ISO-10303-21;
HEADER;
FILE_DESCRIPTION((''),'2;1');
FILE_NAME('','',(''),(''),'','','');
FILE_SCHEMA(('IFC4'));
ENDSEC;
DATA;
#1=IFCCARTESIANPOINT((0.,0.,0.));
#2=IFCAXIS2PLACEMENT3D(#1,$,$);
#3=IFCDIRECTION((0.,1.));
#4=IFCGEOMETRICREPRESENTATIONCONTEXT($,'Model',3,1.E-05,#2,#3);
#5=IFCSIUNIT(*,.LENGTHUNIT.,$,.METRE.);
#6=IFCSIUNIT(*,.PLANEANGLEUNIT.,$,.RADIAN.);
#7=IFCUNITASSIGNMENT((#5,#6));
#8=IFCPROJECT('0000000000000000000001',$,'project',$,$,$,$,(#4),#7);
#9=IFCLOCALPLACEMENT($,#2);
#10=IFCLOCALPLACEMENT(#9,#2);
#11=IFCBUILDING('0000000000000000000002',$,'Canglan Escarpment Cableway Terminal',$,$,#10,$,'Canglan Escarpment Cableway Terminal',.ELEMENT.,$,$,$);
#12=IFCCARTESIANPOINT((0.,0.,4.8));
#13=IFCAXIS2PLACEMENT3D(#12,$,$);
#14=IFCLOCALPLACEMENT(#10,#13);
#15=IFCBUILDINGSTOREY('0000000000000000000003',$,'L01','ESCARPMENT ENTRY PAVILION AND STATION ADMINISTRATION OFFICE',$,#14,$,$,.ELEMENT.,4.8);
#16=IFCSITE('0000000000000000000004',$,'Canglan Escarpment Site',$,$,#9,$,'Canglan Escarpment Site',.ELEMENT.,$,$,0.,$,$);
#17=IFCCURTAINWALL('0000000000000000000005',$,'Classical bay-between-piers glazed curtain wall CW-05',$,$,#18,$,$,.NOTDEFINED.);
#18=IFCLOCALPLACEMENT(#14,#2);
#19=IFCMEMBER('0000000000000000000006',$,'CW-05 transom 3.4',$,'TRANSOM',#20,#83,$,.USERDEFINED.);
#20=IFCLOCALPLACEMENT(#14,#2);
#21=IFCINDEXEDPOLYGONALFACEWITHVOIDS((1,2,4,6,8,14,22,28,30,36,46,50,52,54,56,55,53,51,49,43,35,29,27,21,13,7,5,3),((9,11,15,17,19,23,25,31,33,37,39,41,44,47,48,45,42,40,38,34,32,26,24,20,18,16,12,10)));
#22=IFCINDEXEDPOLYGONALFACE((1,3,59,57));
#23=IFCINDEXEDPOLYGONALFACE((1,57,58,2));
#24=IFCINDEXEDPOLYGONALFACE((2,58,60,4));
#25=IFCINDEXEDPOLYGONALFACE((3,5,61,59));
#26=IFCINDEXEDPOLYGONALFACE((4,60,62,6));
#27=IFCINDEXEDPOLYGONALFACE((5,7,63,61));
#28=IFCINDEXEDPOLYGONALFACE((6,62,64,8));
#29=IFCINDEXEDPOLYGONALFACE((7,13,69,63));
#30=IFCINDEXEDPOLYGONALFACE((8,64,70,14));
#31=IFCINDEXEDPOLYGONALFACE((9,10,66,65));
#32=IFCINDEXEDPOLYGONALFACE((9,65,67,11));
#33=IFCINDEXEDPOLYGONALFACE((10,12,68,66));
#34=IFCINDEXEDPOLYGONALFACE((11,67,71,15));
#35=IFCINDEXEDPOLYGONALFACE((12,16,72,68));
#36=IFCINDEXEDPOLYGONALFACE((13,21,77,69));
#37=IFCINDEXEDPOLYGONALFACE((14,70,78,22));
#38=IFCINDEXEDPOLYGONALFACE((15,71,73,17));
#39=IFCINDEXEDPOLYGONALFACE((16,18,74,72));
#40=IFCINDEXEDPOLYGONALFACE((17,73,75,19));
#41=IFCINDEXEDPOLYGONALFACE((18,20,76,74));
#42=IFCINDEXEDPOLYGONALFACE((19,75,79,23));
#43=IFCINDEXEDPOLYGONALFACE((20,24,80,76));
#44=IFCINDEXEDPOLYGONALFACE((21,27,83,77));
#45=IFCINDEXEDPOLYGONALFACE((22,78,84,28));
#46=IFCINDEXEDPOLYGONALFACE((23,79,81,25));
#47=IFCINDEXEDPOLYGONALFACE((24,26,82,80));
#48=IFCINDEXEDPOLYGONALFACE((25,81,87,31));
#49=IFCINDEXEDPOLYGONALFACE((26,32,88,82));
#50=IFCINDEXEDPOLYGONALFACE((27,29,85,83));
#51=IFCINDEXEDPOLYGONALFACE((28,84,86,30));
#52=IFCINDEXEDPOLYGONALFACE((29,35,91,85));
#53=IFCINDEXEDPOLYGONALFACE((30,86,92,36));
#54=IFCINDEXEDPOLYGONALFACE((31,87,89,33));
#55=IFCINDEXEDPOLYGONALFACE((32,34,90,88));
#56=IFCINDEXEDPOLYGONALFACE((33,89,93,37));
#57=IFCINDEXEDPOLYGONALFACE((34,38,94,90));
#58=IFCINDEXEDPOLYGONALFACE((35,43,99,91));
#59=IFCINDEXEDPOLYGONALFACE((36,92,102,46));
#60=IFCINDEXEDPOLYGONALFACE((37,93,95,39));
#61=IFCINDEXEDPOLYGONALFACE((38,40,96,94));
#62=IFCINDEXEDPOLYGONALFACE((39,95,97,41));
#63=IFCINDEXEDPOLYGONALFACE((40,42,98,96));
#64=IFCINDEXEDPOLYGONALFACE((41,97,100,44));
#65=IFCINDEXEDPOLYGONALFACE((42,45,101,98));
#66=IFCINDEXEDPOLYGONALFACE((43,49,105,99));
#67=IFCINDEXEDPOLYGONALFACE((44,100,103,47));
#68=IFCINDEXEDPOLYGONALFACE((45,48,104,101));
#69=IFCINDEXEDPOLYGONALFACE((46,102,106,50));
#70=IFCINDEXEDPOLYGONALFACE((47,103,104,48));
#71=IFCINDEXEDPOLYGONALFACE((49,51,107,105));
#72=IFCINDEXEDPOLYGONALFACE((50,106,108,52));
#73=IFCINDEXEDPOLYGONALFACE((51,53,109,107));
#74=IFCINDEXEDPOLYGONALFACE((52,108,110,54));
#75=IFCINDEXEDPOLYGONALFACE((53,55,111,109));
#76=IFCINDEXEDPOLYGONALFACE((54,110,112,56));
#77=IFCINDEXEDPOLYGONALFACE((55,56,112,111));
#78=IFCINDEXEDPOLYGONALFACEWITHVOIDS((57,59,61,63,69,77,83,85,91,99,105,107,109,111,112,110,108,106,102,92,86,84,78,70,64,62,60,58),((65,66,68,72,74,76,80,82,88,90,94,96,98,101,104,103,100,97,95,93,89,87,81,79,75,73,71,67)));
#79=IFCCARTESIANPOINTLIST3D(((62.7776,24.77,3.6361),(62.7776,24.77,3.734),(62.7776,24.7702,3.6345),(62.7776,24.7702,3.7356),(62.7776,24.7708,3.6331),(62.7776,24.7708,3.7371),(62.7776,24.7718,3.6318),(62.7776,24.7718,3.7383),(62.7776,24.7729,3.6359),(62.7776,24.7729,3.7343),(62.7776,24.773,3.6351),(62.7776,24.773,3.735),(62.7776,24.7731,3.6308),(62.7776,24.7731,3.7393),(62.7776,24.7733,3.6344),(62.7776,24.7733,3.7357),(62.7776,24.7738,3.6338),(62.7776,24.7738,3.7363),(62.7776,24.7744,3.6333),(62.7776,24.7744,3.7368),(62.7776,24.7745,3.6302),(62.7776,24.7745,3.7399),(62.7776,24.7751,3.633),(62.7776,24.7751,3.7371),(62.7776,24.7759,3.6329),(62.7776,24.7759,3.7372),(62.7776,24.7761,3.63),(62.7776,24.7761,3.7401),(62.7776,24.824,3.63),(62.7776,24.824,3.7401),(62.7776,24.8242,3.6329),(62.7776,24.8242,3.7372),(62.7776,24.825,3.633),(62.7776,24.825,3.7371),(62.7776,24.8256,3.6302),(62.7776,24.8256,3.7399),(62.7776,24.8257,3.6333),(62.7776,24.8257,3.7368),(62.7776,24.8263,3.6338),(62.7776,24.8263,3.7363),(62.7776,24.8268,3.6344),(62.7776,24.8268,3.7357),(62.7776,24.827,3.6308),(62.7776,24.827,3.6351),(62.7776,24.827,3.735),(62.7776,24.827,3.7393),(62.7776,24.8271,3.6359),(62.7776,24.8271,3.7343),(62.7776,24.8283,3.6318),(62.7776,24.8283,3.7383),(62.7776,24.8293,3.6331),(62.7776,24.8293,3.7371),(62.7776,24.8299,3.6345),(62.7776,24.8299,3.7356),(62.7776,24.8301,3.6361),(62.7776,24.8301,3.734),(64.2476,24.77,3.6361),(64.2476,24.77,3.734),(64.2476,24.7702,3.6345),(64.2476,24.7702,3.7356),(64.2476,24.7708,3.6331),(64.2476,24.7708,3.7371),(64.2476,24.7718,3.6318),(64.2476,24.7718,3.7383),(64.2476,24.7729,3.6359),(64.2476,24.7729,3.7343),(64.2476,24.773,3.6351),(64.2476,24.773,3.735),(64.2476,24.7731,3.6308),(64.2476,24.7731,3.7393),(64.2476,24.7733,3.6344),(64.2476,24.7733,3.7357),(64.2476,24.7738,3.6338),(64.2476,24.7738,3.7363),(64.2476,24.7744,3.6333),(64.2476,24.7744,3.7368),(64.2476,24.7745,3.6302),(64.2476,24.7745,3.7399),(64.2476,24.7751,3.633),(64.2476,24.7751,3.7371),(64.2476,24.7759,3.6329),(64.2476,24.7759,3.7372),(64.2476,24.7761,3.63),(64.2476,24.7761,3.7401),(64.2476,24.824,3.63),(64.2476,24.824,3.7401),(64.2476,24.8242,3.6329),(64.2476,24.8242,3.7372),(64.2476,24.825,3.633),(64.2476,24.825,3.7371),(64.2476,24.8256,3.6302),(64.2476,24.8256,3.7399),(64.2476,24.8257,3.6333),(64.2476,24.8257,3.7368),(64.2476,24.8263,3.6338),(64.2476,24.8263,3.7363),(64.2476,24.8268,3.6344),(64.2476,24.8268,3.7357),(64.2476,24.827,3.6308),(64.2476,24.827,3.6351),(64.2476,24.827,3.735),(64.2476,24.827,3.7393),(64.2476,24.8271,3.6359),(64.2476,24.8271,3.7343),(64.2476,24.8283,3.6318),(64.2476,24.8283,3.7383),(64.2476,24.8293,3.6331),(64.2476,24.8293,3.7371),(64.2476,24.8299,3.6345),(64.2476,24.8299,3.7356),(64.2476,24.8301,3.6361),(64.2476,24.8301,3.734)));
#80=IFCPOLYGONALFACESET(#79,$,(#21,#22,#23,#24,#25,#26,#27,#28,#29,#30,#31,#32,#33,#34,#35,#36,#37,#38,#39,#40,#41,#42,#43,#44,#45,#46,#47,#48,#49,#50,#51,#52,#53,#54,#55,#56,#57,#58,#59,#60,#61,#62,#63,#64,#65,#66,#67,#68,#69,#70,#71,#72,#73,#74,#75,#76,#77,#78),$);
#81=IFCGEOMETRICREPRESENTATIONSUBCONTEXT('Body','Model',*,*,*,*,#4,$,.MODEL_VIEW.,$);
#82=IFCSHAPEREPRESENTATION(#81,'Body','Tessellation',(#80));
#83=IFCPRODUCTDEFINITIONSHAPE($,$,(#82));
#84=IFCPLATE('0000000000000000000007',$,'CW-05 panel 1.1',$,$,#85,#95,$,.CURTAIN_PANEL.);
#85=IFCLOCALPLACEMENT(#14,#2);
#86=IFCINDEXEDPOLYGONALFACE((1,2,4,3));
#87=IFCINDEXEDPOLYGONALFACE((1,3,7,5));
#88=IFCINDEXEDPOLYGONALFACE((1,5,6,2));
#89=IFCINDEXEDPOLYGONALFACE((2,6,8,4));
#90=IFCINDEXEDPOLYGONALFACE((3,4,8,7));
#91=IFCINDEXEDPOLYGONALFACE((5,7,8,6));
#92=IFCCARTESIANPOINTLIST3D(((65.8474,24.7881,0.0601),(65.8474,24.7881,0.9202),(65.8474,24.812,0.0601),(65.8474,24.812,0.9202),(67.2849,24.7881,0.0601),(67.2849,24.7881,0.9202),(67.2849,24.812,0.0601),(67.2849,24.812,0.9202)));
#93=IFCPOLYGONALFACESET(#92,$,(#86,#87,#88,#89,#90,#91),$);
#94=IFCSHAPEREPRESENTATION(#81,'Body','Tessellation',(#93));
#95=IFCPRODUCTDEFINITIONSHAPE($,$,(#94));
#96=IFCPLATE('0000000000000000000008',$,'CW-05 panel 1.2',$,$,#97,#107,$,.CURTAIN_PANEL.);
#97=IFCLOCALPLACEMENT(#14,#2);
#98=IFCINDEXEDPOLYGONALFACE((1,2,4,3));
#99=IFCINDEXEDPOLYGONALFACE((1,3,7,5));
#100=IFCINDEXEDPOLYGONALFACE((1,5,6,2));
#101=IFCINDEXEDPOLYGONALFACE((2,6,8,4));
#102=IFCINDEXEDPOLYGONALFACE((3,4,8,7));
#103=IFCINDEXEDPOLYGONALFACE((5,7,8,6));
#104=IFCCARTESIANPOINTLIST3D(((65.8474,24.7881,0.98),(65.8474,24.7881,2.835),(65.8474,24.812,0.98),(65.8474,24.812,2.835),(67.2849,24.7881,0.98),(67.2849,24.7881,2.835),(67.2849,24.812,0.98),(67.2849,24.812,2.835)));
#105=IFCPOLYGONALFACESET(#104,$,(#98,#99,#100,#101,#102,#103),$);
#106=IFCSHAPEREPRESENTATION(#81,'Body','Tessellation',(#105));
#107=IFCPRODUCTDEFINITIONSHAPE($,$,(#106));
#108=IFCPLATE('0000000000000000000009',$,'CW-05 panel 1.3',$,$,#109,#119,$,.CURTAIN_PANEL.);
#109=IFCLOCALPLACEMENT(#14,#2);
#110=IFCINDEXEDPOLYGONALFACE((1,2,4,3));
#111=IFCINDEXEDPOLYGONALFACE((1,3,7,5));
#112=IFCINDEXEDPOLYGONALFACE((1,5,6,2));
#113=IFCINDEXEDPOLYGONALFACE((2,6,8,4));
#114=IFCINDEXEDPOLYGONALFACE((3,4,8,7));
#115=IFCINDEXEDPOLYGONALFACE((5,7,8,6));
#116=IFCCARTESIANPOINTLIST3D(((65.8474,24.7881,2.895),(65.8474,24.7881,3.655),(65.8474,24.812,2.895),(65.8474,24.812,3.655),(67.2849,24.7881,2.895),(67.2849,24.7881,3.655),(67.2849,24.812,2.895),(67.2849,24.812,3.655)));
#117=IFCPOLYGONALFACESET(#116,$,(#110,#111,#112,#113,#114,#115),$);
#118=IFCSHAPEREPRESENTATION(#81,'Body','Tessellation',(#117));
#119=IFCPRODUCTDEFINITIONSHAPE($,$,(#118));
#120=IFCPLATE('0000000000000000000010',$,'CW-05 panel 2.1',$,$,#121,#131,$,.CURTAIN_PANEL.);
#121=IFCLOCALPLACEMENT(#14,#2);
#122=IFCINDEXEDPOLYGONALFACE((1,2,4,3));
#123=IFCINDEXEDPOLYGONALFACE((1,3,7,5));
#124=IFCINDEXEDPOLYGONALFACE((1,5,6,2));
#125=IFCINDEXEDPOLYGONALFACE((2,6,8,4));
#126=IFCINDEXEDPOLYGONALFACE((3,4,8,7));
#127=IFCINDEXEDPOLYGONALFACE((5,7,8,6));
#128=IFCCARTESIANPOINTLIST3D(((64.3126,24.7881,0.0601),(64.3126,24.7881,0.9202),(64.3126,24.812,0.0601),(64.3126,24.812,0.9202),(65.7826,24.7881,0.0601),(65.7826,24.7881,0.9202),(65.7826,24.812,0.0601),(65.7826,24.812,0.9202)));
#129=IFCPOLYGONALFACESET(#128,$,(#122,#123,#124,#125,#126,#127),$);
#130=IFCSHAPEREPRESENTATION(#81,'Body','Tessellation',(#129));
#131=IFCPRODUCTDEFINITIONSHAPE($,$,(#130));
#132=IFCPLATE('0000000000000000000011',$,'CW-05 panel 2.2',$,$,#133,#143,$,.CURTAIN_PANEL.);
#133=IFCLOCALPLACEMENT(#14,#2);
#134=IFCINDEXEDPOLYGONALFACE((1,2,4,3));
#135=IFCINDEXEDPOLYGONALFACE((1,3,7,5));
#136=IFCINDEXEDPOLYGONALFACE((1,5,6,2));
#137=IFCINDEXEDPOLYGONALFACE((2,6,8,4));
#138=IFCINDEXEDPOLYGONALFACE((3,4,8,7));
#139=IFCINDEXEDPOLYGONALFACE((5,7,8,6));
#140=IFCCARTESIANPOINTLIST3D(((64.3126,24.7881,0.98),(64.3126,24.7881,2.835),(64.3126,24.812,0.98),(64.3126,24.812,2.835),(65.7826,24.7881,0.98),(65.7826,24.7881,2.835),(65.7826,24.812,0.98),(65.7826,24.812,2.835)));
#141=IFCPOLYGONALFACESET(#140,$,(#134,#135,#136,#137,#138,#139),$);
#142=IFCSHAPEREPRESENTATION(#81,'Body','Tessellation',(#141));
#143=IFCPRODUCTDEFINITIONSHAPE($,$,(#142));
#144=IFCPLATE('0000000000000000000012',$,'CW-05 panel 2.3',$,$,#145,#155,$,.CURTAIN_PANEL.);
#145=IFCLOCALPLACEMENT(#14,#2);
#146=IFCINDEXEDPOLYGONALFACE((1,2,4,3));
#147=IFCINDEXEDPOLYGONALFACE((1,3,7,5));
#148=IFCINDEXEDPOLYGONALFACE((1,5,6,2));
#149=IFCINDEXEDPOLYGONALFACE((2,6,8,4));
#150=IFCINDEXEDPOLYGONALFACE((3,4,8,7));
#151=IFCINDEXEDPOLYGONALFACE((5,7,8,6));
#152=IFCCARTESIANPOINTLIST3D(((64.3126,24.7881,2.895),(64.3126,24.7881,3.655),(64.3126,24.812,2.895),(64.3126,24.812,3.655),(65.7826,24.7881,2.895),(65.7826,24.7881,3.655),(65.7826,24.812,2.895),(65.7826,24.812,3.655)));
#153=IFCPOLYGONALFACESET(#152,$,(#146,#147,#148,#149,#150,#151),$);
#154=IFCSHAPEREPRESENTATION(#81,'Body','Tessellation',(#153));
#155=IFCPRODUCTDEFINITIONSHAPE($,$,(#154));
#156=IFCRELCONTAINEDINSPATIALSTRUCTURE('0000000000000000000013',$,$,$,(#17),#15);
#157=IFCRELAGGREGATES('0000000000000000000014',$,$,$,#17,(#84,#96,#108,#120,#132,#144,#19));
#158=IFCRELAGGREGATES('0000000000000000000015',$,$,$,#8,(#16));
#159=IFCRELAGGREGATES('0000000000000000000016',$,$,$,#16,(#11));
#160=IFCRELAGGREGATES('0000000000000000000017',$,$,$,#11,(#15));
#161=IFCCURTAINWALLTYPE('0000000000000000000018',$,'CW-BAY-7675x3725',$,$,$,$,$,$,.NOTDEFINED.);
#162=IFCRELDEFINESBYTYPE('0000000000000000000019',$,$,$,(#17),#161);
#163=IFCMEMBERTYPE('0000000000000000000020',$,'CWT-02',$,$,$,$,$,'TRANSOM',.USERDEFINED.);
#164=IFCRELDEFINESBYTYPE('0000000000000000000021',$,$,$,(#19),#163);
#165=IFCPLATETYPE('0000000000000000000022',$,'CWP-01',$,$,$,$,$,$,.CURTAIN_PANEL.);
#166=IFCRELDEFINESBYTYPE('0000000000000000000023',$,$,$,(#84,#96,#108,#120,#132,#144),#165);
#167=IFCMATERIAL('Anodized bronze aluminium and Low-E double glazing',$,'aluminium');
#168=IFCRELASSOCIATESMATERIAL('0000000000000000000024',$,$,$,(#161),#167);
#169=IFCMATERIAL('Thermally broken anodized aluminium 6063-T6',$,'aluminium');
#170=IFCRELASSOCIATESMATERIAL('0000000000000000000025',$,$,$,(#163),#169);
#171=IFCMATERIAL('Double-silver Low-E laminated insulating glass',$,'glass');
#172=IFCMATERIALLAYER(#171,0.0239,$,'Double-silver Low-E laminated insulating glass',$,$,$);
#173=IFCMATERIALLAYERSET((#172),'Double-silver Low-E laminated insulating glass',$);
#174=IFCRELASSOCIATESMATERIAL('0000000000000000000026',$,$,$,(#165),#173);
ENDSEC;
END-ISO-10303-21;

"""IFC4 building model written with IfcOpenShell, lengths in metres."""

from ifc_helpers import new_model, si_unit, direction, frame, origin, origin_2d, place, context, subcontext, project, spatial, rectangle, hollow_rectangle, extrude, material, layer, layer_set, material_profile, profile_set, type_object, element, aggregate, save


model = new_model("IFC4")

# Units and contexts
model_context = context("Model", 3, precision=1e-05, world=origin(), true_north=direction((0.0, 1.0)))
body_context = subcontext(model_context, "Body", "Model", "MODEL_VIEW")
ifc_project = project(units=[si_unit("LENGTHUNIT", "METRE"), si_unit("PLANEANGLEUNIT", "RADIAN")], contexts=[model_context])

# Site, building, storey
site_placement = place(None, origin())
site = spatial("IfcSite", under=ifc_project, at=site_placement, Name="Canglan Escarpment Site", LongName="Canglan Escarpment Site", CompositionType="ELEMENT", RefElevation=0.0)
building_placement = place(site_placement, origin())
building = spatial("IfcBuilding", under=site, at=building_placement, Name="Canglan Escarpment Cableway Terminal", LongName="Canglan Escarpment Cableway Terminal", CompositionType="ELEMENT")
storey_placement = place(building_placement, frame((0.0, 0.0, 4.8)))
storey = spatial("IfcBuildingStorey", under=building, at=storey_placement, Name="L01", Description="ESCARPMENT ENTRY PAVILION AND STATION ADMINISTRATION OFFICE", CompositionType="ELEMENT", Elevation=4.8)

# Curtain wall, member, plates
ifc_material_1 = material(Name="Anodized bronze aluminium and Low-E double glazing", Category="aluminium")
curtain_wall_type = type_object("IfcCurtainWallType", Name="CW-BAY-7675x3725", PredefinedType="NOTDEFINED", material=ifc_material_1)
curtain_wall_placement = place(storey_placement, origin())
curtain_wall = element("IfcCurtainWall", 1, at=curtain_wall_placement, inside=storey, type_object=curtain_wall_type, Name="Classical bay-between-piers glazed curtain wall CW-05", PredefinedType="NOTDEFINED")
ifc_material_2 = material(Name="Thermally broken anodized aluminium 6063-T6", Category="aluminium")
ifc_material_profile_1 = material_profile(ifc_material_2, hollow_rectangle(XDim=0.0601, YDim=0.1101, WallThickness=0.0029, InnerFilletRadius=0.0029, OuterFilletRadius=0.0061, at=origin_2d()), Name="ALU-TRAN 60x110x3")
ifc_profile_set_1 = profile_set([ifc_material_profile_1], Name="Thermally broken anodized aluminium 6063-T6")
member_type_1 = type_object("IfcMemberType", Name="CWT-02", ElementType="TRANSOM", PredefinedType="USERDEFINED", material=ifc_profile_set_1)
member_1_placement = place(storey_placement, frame((64.2476, 24.8, 3.6851), z_axis=(-1.0, 0.0, 0.0), x_axis=(0.0, -1.0, 0.0)))
member_1 = element("IfcMember", 2, at=member_1_placement, type_object=member_type_1, Name="CW-05 transom 3.4", ObjectType="TRANSOM", PredefinedType="USERDEFINED", context=body_context, shape_type="SweptSolid", body=[
    extrude(hollow_rectangle(XDim=0.0601, YDim=0.1101, WallThickness=0.0029, InnerFilletRadius=0.0029, OuterFilletRadius=0.0061, at=origin_2d()), origin(), (0.0, 0.0, 1.0), 1.47),
])
ifc_material_3 = material(Name="Double-silver Low-E laminated insulating glass", Category="glass")
ifc_layer = layer(ifc_material_3, 0.0239, Name="Double-silver Low-E laminated insulating glass")
ifc_layer_set = layer_set([ifc_layer], Name="Double-silver Low-E laminated insulating glass")
plate_type = type_object("IfcPlateType", Name="CWP-01", PredefinedType="CURTAIN_PANEL", material=ifc_layer_set)
plate_1_placement = place(storey_placement, frame((66.5662, 24.8, 0.0601), z_axis=(0.0, 0.0, 1.0), x_axis=(-1.0, 0.0, 0.0)))
plate_1 = element("IfcPlate", 3, at=plate_1_placement, type_object=plate_type, Name="CW-05 panel 1.1", PredefinedType="CURTAIN_PANEL", context=body_context, shape_type="SweptSolid", body=[
    extrude(rectangle(XDim=1.4375, YDim=0.0239, at=origin_2d()), origin(), (0.0, 0.0, 1.0), 0.8601),
])
plate_2_placement = place(storey_placement, frame((66.5662, 24.8, 0.98), z_axis=(0.0, 0.0, 1.0), x_axis=(-1.0, 0.0, 0.0)))
plate_2 = element("IfcPlate", 4, at=plate_2_placement, type_object=plate_type, Name="CW-05 panel 1.2", PredefinedType="CURTAIN_PANEL", context=body_context, shape_type="SweptSolid", body=[
    extrude(rectangle(XDim=1.4375, YDim=0.0239, at=origin_2d()), origin(), (0.0, 0.0, 1.0), 1.855),
])
plate_3_placement = place(storey_placement, frame((66.5662, 24.8, 2.895), z_axis=(0.0, 0.0, 1.0), x_axis=(-1.0, 0.0, 0.0)))
plate_3 = element("IfcPlate", 5, at=plate_3_placement, type_object=plate_type, Name="CW-05 panel 1.3", PredefinedType="CURTAIN_PANEL", context=body_context, shape_type="SweptSolid", body=[
    extrude(rectangle(XDim=1.4375, YDim=0.0239, at=origin_2d()), origin(), (0.0, 0.0, 1.0), 0.76),
])
plate_4_placement = place(storey_placement, frame((65.0476, 24.8, 0.0601), z_axis=(0.0, 0.0, 1.0), x_axis=(-1.0, 0.0, 0.0)))
plate_4 = element("IfcPlate", 6, at=plate_4_placement, type_object=plate_type, Name="CW-05 panel 2.1", PredefinedType="CURTAIN_PANEL", context=body_context, shape_type="SweptSolid", body=[
    extrude(rectangle(XDim=1.47, YDim=0.0239, at=origin_2d()), origin(), (0.0, 0.0, 1.0), 0.8601),
])
plate_5_placement = place(storey_placement, frame((65.0476, 24.8, 0.98), z_axis=(0.0, 0.0, 1.0), x_axis=(-1.0, 0.0, 0.0)))
plate_5 = element("IfcPlate", 7, at=plate_5_placement, type_object=plate_type, Name="CW-05 panel 2.2", PredefinedType="CURTAIN_PANEL", context=body_context, shape_type="SweptSolid", body=[
    extrude(rectangle(XDim=1.47, YDim=0.0239, at=origin_2d()), origin(), (0.0, 0.0, 1.0), 1.855),
])
plate_6_placement = place(storey_placement, frame((65.0476, 24.8, 2.895), z_axis=(0.0, 0.0, 1.0), x_axis=(-1.0, 0.0, 0.0)))
plate_6 = element("IfcPlate", 8, at=plate_6_placement, type_object=plate_type, Name="CW-05 panel 2.3", PredefinedType="CURTAIN_PANEL", context=body_context, shape_type="SweptSolid", body=[
    extrude(rectangle(XDim=1.47, YDim=0.0239, at=origin_2d()), origin(), (0.0, 0.0, 1.0), 0.76),
])
aggregate(curtain_wall, [plate_1, plate_2, plate_3, plate_4, plate_5, plate_6, member_1])

save(model, "model.ifc")
